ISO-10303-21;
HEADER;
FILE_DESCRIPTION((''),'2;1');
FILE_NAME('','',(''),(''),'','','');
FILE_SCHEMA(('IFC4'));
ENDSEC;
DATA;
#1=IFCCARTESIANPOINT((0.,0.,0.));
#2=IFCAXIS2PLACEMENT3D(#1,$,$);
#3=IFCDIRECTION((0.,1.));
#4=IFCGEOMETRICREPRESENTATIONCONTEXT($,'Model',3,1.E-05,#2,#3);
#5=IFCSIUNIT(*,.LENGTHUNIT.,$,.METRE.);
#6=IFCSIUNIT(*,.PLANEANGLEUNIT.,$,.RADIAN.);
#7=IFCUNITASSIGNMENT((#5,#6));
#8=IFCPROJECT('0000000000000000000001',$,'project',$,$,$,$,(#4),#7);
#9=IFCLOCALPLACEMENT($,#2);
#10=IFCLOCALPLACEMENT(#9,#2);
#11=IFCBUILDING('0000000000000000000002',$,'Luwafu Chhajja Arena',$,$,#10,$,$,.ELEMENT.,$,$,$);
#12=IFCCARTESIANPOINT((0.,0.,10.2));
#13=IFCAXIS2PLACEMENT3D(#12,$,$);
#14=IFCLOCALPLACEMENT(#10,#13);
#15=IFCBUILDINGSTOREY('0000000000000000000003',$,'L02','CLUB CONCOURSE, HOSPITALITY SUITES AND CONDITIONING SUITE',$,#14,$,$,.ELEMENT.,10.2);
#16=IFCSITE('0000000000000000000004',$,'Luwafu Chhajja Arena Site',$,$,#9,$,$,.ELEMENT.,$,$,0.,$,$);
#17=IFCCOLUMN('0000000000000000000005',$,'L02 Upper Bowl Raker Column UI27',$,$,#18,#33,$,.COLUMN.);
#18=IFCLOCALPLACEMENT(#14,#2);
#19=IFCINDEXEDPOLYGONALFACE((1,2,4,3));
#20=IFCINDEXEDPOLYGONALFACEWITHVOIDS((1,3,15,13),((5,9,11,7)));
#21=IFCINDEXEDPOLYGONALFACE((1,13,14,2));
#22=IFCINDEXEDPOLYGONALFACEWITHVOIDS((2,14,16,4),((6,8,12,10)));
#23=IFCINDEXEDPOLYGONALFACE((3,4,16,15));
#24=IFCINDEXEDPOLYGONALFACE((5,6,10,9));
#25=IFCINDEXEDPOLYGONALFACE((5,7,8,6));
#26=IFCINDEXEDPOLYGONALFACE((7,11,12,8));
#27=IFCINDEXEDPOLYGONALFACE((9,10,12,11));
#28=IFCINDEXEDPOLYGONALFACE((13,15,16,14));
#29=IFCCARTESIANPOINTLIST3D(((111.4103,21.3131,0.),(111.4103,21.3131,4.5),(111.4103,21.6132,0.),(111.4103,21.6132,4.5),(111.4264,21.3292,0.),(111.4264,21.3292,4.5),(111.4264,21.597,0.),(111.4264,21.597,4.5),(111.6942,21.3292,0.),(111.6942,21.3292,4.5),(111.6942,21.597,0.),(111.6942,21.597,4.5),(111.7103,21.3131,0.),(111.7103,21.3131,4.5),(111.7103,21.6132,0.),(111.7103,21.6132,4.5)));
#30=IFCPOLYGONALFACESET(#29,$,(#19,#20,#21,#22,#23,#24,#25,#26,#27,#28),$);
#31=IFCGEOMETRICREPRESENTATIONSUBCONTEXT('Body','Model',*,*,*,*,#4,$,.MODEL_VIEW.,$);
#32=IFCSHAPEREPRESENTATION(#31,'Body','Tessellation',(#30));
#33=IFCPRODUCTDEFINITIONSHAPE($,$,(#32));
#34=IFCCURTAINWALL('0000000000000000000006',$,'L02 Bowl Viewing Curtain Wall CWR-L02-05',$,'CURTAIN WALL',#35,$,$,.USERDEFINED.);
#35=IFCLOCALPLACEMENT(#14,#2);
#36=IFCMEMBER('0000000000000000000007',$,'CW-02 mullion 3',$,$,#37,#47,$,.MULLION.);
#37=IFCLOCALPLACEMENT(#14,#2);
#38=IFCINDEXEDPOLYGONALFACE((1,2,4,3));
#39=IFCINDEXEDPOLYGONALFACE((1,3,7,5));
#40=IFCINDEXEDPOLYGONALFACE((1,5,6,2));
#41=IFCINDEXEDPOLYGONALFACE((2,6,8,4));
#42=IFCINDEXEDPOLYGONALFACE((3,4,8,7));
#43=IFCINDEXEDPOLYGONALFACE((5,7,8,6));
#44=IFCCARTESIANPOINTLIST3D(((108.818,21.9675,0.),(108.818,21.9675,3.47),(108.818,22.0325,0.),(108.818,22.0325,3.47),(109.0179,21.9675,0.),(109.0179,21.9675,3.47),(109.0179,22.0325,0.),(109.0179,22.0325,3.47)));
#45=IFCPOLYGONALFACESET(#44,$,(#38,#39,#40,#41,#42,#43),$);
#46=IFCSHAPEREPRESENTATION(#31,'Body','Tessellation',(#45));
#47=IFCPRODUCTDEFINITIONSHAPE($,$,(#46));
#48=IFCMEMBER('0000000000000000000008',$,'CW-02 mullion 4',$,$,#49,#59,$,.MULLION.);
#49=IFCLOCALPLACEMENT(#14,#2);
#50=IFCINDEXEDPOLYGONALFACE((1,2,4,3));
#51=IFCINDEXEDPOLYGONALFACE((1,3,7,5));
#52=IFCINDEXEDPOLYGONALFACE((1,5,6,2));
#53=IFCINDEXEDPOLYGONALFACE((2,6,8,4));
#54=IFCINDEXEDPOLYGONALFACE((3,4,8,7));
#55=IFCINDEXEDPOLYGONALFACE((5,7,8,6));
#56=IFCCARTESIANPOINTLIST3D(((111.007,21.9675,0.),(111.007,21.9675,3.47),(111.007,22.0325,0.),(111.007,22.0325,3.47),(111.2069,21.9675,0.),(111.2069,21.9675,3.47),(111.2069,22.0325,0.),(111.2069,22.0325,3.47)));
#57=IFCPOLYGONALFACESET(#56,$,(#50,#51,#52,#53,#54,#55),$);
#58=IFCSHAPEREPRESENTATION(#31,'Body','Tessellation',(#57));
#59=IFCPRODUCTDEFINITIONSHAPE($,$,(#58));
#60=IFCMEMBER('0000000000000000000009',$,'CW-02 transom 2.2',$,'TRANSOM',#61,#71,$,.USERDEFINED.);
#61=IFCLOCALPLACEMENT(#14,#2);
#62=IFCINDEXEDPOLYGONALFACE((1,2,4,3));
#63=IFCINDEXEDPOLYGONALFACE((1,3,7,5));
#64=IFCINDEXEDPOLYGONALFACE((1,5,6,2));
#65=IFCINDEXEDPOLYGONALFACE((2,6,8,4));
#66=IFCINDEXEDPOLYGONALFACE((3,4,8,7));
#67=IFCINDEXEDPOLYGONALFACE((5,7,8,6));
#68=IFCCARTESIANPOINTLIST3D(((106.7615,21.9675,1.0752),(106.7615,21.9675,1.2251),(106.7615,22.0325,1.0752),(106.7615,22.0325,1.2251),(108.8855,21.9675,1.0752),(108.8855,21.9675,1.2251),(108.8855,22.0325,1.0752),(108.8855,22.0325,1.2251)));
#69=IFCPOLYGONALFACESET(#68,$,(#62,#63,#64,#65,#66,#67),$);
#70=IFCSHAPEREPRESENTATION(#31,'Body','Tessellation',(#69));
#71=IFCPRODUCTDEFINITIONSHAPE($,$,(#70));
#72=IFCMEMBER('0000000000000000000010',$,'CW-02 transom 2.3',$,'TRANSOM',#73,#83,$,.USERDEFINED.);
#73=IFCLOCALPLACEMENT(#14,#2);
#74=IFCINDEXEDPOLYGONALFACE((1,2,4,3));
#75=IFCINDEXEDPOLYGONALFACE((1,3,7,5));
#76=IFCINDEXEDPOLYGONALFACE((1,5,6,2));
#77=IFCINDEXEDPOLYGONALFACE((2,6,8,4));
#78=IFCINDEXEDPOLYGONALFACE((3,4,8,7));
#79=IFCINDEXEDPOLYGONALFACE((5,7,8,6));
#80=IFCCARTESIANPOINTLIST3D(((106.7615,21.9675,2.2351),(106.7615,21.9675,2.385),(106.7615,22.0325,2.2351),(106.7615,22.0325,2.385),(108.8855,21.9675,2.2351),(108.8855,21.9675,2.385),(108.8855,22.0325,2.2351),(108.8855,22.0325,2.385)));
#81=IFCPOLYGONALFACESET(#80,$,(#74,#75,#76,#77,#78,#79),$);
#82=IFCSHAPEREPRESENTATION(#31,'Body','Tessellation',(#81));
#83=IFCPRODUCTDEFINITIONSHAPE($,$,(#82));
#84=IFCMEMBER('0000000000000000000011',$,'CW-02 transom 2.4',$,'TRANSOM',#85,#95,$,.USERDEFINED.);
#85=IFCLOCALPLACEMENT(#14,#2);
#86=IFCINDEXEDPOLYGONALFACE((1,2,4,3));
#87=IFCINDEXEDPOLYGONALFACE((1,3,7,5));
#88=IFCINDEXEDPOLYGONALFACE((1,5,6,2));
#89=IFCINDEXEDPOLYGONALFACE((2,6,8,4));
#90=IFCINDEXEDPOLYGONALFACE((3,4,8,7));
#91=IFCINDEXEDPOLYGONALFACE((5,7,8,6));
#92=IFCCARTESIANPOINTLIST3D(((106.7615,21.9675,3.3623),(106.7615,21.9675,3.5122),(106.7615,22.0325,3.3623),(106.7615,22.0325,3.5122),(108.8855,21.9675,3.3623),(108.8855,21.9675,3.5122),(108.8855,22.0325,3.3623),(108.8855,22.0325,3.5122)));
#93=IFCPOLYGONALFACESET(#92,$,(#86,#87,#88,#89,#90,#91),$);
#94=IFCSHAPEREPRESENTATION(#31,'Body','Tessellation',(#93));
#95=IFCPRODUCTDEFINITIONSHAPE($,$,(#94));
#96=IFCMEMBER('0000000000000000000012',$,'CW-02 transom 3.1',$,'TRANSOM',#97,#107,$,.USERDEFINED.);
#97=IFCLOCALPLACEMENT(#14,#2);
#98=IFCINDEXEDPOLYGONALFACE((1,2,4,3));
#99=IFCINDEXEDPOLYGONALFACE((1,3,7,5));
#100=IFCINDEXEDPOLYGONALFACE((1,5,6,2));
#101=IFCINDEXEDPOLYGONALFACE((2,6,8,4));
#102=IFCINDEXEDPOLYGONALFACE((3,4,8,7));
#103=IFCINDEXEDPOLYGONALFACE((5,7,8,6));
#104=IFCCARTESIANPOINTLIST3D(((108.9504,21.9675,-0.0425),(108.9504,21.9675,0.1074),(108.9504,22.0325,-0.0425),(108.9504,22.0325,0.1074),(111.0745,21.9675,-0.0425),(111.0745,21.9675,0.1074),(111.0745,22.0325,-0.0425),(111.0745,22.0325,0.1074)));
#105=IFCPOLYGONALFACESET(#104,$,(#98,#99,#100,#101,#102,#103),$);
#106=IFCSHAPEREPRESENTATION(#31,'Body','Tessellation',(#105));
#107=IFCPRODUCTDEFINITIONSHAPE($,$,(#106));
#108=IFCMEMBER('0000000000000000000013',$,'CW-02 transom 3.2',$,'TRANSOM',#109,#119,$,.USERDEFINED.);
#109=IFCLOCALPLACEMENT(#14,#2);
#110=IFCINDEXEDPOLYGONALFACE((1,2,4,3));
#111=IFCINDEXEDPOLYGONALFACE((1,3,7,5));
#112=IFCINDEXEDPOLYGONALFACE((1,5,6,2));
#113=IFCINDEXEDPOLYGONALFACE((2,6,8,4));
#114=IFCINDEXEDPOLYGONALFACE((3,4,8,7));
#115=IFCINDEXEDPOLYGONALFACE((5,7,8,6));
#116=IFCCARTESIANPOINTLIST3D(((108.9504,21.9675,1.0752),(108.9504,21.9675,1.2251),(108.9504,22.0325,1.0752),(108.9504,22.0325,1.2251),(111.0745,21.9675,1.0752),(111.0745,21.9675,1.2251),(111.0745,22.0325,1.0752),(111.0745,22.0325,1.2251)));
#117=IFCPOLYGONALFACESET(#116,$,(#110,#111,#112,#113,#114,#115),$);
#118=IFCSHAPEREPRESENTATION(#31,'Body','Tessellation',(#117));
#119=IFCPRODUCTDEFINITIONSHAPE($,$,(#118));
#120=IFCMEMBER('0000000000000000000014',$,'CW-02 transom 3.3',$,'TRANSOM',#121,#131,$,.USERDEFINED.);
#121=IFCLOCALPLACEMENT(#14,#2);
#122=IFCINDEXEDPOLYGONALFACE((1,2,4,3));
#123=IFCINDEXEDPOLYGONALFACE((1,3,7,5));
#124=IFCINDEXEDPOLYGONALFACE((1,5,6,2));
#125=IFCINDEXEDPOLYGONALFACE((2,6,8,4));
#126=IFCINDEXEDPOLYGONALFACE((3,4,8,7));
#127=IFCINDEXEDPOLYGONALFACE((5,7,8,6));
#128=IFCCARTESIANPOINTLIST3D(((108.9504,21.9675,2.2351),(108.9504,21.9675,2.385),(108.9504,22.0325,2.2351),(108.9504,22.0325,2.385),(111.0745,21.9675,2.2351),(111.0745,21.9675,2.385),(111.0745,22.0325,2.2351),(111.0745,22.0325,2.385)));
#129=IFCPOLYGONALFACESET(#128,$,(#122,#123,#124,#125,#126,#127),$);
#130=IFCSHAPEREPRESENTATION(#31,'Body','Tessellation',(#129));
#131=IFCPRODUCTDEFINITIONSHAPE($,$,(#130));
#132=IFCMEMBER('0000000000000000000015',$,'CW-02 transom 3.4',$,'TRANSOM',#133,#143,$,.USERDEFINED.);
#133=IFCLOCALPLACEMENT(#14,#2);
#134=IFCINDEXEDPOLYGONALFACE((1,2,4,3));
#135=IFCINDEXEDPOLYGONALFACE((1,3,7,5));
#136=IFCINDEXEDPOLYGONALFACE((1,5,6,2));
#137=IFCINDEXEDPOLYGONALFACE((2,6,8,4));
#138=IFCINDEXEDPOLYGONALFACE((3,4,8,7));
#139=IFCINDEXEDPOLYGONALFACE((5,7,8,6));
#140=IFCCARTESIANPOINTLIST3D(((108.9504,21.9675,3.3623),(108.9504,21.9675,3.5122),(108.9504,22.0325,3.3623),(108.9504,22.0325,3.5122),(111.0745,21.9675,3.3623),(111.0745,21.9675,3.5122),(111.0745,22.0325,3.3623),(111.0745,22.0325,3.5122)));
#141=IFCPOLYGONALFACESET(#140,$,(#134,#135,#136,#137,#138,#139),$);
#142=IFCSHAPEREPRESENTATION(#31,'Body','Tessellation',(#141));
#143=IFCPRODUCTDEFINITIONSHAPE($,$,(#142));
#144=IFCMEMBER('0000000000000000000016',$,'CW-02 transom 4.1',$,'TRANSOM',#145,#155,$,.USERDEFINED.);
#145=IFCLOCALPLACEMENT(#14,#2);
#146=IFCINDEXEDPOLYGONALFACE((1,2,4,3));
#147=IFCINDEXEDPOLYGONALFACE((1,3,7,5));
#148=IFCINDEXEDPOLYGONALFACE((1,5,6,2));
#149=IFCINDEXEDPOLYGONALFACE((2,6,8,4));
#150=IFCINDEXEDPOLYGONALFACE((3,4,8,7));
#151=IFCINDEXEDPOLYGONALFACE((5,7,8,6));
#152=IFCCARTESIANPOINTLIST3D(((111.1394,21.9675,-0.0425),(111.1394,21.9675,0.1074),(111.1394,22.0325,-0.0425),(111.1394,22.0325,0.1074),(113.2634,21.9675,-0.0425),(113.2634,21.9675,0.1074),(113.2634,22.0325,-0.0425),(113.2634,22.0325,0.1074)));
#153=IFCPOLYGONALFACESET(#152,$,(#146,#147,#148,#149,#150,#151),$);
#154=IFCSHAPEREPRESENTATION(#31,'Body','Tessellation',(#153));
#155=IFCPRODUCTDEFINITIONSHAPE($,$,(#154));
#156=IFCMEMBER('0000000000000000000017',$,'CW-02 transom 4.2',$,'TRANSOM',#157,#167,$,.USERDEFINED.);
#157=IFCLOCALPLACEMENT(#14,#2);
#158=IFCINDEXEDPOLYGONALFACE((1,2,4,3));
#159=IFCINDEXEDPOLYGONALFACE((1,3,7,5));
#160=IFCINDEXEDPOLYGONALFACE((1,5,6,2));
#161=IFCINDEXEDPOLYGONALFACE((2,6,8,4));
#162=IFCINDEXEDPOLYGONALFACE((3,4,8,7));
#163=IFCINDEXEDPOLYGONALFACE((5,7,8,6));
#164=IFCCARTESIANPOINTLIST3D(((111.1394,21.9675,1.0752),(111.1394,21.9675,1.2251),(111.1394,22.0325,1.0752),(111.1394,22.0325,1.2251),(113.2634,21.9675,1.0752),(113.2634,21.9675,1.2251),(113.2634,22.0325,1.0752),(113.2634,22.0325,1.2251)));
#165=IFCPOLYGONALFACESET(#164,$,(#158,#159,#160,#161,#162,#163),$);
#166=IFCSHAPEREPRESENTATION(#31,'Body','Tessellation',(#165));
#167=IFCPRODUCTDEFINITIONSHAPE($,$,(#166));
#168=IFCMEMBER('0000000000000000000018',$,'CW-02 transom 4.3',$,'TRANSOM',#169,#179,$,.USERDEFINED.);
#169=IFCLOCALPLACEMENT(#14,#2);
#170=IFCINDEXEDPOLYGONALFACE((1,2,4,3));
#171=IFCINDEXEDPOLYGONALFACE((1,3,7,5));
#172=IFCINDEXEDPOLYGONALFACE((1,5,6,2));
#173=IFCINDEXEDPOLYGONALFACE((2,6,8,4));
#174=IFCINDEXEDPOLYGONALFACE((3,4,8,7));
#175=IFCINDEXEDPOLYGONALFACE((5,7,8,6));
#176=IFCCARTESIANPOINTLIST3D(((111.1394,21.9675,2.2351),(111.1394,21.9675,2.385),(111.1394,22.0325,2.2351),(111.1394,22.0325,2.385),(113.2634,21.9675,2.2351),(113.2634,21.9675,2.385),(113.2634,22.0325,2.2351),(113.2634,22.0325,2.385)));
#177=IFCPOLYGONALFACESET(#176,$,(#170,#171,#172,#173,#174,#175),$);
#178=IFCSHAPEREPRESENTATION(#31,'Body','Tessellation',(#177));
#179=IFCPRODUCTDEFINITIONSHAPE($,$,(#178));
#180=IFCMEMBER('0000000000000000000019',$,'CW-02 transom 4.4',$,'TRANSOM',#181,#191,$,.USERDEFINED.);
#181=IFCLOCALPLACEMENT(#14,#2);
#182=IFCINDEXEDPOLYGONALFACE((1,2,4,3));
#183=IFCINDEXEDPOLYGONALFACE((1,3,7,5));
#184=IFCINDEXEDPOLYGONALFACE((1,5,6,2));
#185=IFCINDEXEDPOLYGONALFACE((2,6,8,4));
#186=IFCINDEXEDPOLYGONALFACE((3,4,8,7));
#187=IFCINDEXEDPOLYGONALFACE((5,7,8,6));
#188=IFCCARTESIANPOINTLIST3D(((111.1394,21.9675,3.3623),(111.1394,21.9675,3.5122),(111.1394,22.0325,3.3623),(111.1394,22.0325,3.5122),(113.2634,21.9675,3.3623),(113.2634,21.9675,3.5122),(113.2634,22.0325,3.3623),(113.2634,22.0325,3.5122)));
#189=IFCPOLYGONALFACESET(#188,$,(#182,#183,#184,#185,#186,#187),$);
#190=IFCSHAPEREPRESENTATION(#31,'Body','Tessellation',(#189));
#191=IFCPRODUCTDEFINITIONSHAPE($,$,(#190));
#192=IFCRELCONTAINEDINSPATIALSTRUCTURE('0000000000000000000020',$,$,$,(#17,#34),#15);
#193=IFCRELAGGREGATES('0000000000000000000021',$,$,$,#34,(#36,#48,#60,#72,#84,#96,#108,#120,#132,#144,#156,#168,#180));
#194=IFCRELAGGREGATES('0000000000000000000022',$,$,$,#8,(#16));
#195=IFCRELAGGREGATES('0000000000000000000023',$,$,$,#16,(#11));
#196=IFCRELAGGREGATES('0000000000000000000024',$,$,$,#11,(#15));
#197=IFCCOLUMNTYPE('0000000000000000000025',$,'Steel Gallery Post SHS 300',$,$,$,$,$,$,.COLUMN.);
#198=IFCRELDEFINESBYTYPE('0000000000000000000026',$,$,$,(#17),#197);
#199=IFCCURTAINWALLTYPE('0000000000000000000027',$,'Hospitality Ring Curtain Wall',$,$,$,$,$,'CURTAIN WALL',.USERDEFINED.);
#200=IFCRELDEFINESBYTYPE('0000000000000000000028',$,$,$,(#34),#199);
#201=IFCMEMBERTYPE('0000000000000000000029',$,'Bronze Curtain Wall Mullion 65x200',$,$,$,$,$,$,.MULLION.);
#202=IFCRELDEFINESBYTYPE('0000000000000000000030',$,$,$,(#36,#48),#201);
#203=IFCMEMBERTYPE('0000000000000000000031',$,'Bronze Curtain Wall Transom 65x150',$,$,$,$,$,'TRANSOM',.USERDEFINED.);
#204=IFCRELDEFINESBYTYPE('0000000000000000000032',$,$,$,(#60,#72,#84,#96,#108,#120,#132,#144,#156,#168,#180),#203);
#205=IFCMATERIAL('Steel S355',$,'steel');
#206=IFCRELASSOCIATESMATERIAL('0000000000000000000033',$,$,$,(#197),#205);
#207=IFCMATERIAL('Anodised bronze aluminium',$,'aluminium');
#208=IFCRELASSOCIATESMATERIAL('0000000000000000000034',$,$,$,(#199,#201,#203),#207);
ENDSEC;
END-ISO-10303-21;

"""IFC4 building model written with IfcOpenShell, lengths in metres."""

from ifc_helpers import new_model, si_unit, direction, frame, origin, origin_2d, place, context, subcontext, project, spatial, rectangle, hollow_rectangle, extrude, material, material_profile, profile_set, type_object, element, aggregate, save


model = new_model("IFC4")

# Units and contexts
model_context = context("Model", 3, precision=1e-05, world=origin(), true_north=direction((0.0, 1.0)))
body_context = subcontext(model_context, "Body", "Model", "MODEL_VIEW")
ifc_project = project(units=[si_unit("LENGTHUNIT", "METRE"), si_unit("PLANEANGLEUNIT", "RADIAN")], contexts=[model_context])

# Site, building, storey
site_placement = place(None, origin())
site = spatial("IfcSite", under=ifc_project, at=site_placement, Name="Luwafu Chhajja Arena Site", CompositionType="ELEMENT", RefElevation=0.0)
building_placement = place(site_placement, origin())
building = spatial("IfcBuilding", under=site, at=building_placement, Name="Luwafu Chhajja Arena", CompositionType="ELEMENT")
storey_placement = place(building_placement, frame((0.0, 0.0, 10.2)))
storey = spatial("IfcBuildingStorey", under=building, at=storey_placement, Name="L02", Description="CLUB CONCOURSE, HOSPITALITY SUITES AND CONDITIONING SUITE", CompositionType="ELEMENT", Elevation=10.2)

# Column
ifc_material_1 = material(Name="Steel S355", Category="steel")
ifc_material_profile_1 = material_profile(ifc_material_1, hollow_rectangle(XDim=0.3, YDim=0.3, WallThickness=0.0161, at=origin_2d()), Name="SHS 300x300x16")
ifc_profile_set_1 = profile_set([ifc_material_profile_1], Name="Steel S355")
column_type = type_object("IfcColumnType", Name="Steel Gallery Post SHS 300", PredefinedType="COLUMN", material=ifc_profile_set_1)
column_placement = place(storey_placement, frame((111.5603, 21.4631, 0.0), z_axis=(0.0, 0.0, 1.0), x_axis=(1.0, 0.0, 0.0)))
element("IfcColumn", 1, at=column_placement, inside=storey, type_object=column_type, Name="L02 Upper Bowl Raker Column UI27", PredefinedType="COLUMN", context=body_context, shape_type="SweptSolid", body=[
    extrude(hollow_rectangle(XDim=0.3, YDim=0.3, WallThickness=0.0161, at=origin_2d()), origin(), (0.0, 0.0, 1.0), 4.5),
])

# Curtain wall, members
ifc_material_2 = material(Name="Anodised bronze aluminium", Category="aluminium")
curtain_wall_type = type_object("IfcCurtainWallType", Name="Hospitality Ring Curtain Wall", ElementType="CURTAIN WALL", PredefinedType="USERDEFINED", material=ifc_material_2)
curtain_wall_placement = place(storey_placement, origin())
curtain_wall = element("IfcCurtainWall", 2, at=curtain_wall_placement, inside=storey, type_object=curtain_wall_type, Name="L02 Bowl Viewing Curtain Wall CWR-L02-05", ObjectType="CURTAIN WALL", PredefinedType="USERDEFINED")
ifc_material_profile_2 = material_profile(ifc_material_2, rectangle(XDim=0.0649, YDim=0.2, at=origin_2d()), Name="CWM 65x200")
ifc_profile_set_2 = profile_set([ifc_material_profile_2], Name="Anodised bronze aluminium")
member_type_1 = type_object("IfcMemberType", Name="Bronze Curtain Wall Mullion 65x200", PredefinedType="MULLION", material=ifc_profile_set_2)
member_1_placement = place(storey_placement, frame((108.918, 22.0, 0.0), z_axis=(0.0, 0.0, 1.0), x_axis=(0.0, 1.0, 0.0)))
member_1 = element("IfcMember", 3, at=member_1_placement, type_object=member_type_1, Name="CW-02 mullion 3", PredefinedType="MULLION", context=body_context, shape_type="SweptSolid", body=[
    extrude(rectangle(XDim=0.0649, YDim=0.2, at=origin_2d()), origin(), (0.0, 0.0, 1.0), 3.47),
])
member_2_placement = place(storey_placement, frame((111.1069, 22.0, 0.0), z_axis=(0.0, 0.0, 1.0), x_axis=(0.0, 1.0, 0.0)))
member_2 = element("IfcMember", 4, at=member_2_placement, type_object=member_type_1, Name="CW-02 mullion 4", PredefinedType="MULLION", context=body_context, shape_type="SweptSolid", body=[
    extrude(rectangle(XDim=0.0649, YDim=0.2, at=origin_2d()), origin(), (0.0, 0.0, 1.0), 3.47),
])
ifc_material_profile_3 = material_profile(ifc_material_2, rectangle(XDim=0.0649, YDim=0.1499, at=origin_2d()), Name="CWT 65x150")
ifc_profile_set_3 = profile_set([ifc_material_profile_3], Name="Anodised bronze aluminium")
member_type_2 = type_object("IfcMemberType", Name="Bronze Curtain Wall Transom 65x150", ElementType="TRANSOM", PredefinedType="USERDEFINED", material=ifc_profile_set_3)
member_3_placement = place(storey_placement, frame((106.7615, 22.0, 1.1501), z_axis=(1.0, 0.0, 0.0), x_axis=(0.0, 1.0, 0.0)))
member_3 = element("IfcMember", 5, at=member_3_placement, type_object=member_type_2, Name="CW-02 transom 2.2", ObjectType="TRANSOM", PredefinedType="USERDEFINED", context=body_context, shape_type="SweptSolid", body=[
    extrude(rectangle(XDim=0.0649, YDim=0.1499, at=origin_2d()), origin(), (0.0, 0.0, 1.0), 2.124),
])
member_4_placement = place(storey_placement, frame((106.7615, 22.0, 2.3101), z_axis=(1.0, 0.0, 0.0), x_axis=(0.0, 1.0, 0.0)))
member_4 = element("IfcMember", 6, at=member_4_placement, type_object=member_type_2, Name="CW-02 transom 2.3", ObjectType="TRANSOM", PredefinedType="USERDEFINED", context=body_context, shape_type="SweptSolid", body=[
    extrude(rectangle(XDim=0.0649, YDim=0.1499, at=origin_2d()), origin(), (0.0, 0.0, 1.0), 2.124),
])
member_5_placement = place(storey_placement, frame((106.7615, 22.0, 3.4373), z_axis=(1.0, 0.0, 0.0), x_axis=(0.0, 1.0, 0.0)))
member_5 = element("IfcMember", 7, at=member_5_placement, type_object=member_type_2, Name="CW-02 transom 2.4", ObjectType="TRANSOM", PredefinedType="USERDEFINED", context=body_context, shape_type="SweptSolid", body=[
    extrude(rectangle(XDim=0.0649, YDim=0.1499, at=origin_2d()), origin(), (0.0, 0.0, 1.0), 2.124),
])
member_6_placement = place(storey_placement, frame((108.9504, 22.0, 0.0325), z_axis=(1.0, 0.0, 0.0), x_axis=(0.0, 1.0, 0.0)))
member_6 = element("IfcMember", 8, at=member_6_placement, type_object=member_type_2, Name="CW-02 transom 3.1", ObjectType="TRANSOM", PredefinedType="USERDEFINED", context=body_context, shape_type="SweptSolid", body=[
    extrude(rectangle(XDim=0.0649, YDim=0.1499, at=origin_2d()), origin(), (0.0, 0.0, 1.0), 2.124),
])
member_7_placement = place(storey_placement, frame((108.9504, 22.0, 1.1501), z_axis=(1.0, 0.0, 0.0), x_axis=(0.0, 1.0, 0.0)))
member_7 = element("IfcMember", 9, at=member_7_placement, type_object=member_type_2, Name="CW-02 transom 3.2", ObjectType="TRANSOM", PredefinedType="USERDEFINED", context=body_context, shape_type="SweptSolid", body=[
    extrude(rectangle(XDim=0.0649, YDim=0.1499, at=origin_2d()), origin(), (0.0, 0.0, 1.0), 2.124),
])
member_8_placement = place(storey_placement, frame((108.9504, 22.0, 2.3101), z_axis=(1.0, 0.0, 0.0), x_axis=(0.0, 1.0, 0.0)))
member_8 = element("IfcMember", 10, at=member_8_placement, type_object=member_type_2, Name="CW-02 transom 3.3", ObjectType="TRANSOM", PredefinedType="USERDEFINED", context=body_context, shape_type="SweptSolid", body=[
    extrude(rectangle(XDim=0.0649, YDim=0.1499, at=origin_2d()), origin(), (0.0, 0.0, 1.0), 2.124),
])
member_9_placement = place(storey_placement, frame((108.9504, 22.0, 3.4373), z_axis=(1.0, 0.0, 0.0), x_axis=(0.0, 1.0, 0.0)))
member_9 = element("IfcMember", 11, at=member_9_placement, type_object=member_type_2, Name="CW-02 transom 3.4", ObjectType="TRANSOM", PredefinedType="USERDEFINED", context=body_context, shape_type="SweptSolid", body=[
    extrude(rectangle(XDim=0.0649, YDim=0.1499, at=origin_2d()), origin(), (0.0, 0.0, 1.0), 2.124),
])
member_10_placement = place(storey_placement, frame((111.1394, 22.0, 0.0325), z_axis=(1.0, 0.0, 0.0), x_axis=(0.0, 1.0, 0.0)))
member_10 = element("IfcMember", 12, at=member_10_placement, type_object=member_type_2, Name="CW-02 transom 4.1", ObjectType="TRANSOM", PredefinedType="USERDEFINED", context=body_context, shape_type="SweptSolid", body=[
    extrude(rectangle(XDim=0.0649, YDim=0.1499, at=origin_2d()), origin(), (0.0, 0.0, 1.0), 2.124),
])
member_11_placement = place(storey_placement, frame((111.1394, 22.0, 1.1501), z_axis=(1.0, 0.0, 0.0), x_axis=(0.0, 1.0, 0.0)))
member_11 = element("IfcMember", 13, at=member_11_placement, type_object=member_type_2, Name="CW-02 transom 4.2", ObjectType="TRANSOM", PredefinedType="USERDEFINED", context=body_context, shape_type="SweptSolid", body=[
    extrude(rectangle(XDim=0.0649, YDim=0.1499, at=origin_2d()), origin(), (0.0, 0.0, 1.0), 2.124),
])
member_12_placement = place(storey_placement, frame((111.1394, 22.0, 2.3101), z_axis=(1.0, 0.0, 0.0), x_axis=(0.0, 1.0, 0.0)))
member_12 = element("IfcMember", 14, at=member_12_placement, type_object=member_type_2, Name="CW-02 transom 4.3", ObjectType="TRANSOM", PredefinedType="USERDEFINED", context=body_context, shape_type="SweptSolid", body=[
    extrude(rectangle(XDim=0.0649, YDim=0.1499, at=origin_2d()), origin(), (0.0, 0.0, 1.0), 2.124),
])
member_13_placement = place(storey_placement, frame((111.1394, 22.0, 3.4373), z_axis=(1.0, 0.0, 0.0), x_axis=(0.0, 1.0, 0.0)))
member_13 = element("IfcMember", 15, at=member_13_placement, type_object=member_type_2, Name="CW-02 transom 4.4", ObjectType="TRANSOM", PredefinedType="USERDEFINED", context=body_context, shape_type="SweptSolid", body=[
    extrude(rectangle(XDim=0.0649, YDim=0.1499, at=origin_2d()), origin(), (0.0, 0.0, 1.0), 2.124),
])
aggregate(curtain_wall, [member_1, member_2, member_3, member_4, member_5, member_6, member_7, member_8, member_9, member_10, member_11, member_12, member_13])

save(model, "model.ifc")
